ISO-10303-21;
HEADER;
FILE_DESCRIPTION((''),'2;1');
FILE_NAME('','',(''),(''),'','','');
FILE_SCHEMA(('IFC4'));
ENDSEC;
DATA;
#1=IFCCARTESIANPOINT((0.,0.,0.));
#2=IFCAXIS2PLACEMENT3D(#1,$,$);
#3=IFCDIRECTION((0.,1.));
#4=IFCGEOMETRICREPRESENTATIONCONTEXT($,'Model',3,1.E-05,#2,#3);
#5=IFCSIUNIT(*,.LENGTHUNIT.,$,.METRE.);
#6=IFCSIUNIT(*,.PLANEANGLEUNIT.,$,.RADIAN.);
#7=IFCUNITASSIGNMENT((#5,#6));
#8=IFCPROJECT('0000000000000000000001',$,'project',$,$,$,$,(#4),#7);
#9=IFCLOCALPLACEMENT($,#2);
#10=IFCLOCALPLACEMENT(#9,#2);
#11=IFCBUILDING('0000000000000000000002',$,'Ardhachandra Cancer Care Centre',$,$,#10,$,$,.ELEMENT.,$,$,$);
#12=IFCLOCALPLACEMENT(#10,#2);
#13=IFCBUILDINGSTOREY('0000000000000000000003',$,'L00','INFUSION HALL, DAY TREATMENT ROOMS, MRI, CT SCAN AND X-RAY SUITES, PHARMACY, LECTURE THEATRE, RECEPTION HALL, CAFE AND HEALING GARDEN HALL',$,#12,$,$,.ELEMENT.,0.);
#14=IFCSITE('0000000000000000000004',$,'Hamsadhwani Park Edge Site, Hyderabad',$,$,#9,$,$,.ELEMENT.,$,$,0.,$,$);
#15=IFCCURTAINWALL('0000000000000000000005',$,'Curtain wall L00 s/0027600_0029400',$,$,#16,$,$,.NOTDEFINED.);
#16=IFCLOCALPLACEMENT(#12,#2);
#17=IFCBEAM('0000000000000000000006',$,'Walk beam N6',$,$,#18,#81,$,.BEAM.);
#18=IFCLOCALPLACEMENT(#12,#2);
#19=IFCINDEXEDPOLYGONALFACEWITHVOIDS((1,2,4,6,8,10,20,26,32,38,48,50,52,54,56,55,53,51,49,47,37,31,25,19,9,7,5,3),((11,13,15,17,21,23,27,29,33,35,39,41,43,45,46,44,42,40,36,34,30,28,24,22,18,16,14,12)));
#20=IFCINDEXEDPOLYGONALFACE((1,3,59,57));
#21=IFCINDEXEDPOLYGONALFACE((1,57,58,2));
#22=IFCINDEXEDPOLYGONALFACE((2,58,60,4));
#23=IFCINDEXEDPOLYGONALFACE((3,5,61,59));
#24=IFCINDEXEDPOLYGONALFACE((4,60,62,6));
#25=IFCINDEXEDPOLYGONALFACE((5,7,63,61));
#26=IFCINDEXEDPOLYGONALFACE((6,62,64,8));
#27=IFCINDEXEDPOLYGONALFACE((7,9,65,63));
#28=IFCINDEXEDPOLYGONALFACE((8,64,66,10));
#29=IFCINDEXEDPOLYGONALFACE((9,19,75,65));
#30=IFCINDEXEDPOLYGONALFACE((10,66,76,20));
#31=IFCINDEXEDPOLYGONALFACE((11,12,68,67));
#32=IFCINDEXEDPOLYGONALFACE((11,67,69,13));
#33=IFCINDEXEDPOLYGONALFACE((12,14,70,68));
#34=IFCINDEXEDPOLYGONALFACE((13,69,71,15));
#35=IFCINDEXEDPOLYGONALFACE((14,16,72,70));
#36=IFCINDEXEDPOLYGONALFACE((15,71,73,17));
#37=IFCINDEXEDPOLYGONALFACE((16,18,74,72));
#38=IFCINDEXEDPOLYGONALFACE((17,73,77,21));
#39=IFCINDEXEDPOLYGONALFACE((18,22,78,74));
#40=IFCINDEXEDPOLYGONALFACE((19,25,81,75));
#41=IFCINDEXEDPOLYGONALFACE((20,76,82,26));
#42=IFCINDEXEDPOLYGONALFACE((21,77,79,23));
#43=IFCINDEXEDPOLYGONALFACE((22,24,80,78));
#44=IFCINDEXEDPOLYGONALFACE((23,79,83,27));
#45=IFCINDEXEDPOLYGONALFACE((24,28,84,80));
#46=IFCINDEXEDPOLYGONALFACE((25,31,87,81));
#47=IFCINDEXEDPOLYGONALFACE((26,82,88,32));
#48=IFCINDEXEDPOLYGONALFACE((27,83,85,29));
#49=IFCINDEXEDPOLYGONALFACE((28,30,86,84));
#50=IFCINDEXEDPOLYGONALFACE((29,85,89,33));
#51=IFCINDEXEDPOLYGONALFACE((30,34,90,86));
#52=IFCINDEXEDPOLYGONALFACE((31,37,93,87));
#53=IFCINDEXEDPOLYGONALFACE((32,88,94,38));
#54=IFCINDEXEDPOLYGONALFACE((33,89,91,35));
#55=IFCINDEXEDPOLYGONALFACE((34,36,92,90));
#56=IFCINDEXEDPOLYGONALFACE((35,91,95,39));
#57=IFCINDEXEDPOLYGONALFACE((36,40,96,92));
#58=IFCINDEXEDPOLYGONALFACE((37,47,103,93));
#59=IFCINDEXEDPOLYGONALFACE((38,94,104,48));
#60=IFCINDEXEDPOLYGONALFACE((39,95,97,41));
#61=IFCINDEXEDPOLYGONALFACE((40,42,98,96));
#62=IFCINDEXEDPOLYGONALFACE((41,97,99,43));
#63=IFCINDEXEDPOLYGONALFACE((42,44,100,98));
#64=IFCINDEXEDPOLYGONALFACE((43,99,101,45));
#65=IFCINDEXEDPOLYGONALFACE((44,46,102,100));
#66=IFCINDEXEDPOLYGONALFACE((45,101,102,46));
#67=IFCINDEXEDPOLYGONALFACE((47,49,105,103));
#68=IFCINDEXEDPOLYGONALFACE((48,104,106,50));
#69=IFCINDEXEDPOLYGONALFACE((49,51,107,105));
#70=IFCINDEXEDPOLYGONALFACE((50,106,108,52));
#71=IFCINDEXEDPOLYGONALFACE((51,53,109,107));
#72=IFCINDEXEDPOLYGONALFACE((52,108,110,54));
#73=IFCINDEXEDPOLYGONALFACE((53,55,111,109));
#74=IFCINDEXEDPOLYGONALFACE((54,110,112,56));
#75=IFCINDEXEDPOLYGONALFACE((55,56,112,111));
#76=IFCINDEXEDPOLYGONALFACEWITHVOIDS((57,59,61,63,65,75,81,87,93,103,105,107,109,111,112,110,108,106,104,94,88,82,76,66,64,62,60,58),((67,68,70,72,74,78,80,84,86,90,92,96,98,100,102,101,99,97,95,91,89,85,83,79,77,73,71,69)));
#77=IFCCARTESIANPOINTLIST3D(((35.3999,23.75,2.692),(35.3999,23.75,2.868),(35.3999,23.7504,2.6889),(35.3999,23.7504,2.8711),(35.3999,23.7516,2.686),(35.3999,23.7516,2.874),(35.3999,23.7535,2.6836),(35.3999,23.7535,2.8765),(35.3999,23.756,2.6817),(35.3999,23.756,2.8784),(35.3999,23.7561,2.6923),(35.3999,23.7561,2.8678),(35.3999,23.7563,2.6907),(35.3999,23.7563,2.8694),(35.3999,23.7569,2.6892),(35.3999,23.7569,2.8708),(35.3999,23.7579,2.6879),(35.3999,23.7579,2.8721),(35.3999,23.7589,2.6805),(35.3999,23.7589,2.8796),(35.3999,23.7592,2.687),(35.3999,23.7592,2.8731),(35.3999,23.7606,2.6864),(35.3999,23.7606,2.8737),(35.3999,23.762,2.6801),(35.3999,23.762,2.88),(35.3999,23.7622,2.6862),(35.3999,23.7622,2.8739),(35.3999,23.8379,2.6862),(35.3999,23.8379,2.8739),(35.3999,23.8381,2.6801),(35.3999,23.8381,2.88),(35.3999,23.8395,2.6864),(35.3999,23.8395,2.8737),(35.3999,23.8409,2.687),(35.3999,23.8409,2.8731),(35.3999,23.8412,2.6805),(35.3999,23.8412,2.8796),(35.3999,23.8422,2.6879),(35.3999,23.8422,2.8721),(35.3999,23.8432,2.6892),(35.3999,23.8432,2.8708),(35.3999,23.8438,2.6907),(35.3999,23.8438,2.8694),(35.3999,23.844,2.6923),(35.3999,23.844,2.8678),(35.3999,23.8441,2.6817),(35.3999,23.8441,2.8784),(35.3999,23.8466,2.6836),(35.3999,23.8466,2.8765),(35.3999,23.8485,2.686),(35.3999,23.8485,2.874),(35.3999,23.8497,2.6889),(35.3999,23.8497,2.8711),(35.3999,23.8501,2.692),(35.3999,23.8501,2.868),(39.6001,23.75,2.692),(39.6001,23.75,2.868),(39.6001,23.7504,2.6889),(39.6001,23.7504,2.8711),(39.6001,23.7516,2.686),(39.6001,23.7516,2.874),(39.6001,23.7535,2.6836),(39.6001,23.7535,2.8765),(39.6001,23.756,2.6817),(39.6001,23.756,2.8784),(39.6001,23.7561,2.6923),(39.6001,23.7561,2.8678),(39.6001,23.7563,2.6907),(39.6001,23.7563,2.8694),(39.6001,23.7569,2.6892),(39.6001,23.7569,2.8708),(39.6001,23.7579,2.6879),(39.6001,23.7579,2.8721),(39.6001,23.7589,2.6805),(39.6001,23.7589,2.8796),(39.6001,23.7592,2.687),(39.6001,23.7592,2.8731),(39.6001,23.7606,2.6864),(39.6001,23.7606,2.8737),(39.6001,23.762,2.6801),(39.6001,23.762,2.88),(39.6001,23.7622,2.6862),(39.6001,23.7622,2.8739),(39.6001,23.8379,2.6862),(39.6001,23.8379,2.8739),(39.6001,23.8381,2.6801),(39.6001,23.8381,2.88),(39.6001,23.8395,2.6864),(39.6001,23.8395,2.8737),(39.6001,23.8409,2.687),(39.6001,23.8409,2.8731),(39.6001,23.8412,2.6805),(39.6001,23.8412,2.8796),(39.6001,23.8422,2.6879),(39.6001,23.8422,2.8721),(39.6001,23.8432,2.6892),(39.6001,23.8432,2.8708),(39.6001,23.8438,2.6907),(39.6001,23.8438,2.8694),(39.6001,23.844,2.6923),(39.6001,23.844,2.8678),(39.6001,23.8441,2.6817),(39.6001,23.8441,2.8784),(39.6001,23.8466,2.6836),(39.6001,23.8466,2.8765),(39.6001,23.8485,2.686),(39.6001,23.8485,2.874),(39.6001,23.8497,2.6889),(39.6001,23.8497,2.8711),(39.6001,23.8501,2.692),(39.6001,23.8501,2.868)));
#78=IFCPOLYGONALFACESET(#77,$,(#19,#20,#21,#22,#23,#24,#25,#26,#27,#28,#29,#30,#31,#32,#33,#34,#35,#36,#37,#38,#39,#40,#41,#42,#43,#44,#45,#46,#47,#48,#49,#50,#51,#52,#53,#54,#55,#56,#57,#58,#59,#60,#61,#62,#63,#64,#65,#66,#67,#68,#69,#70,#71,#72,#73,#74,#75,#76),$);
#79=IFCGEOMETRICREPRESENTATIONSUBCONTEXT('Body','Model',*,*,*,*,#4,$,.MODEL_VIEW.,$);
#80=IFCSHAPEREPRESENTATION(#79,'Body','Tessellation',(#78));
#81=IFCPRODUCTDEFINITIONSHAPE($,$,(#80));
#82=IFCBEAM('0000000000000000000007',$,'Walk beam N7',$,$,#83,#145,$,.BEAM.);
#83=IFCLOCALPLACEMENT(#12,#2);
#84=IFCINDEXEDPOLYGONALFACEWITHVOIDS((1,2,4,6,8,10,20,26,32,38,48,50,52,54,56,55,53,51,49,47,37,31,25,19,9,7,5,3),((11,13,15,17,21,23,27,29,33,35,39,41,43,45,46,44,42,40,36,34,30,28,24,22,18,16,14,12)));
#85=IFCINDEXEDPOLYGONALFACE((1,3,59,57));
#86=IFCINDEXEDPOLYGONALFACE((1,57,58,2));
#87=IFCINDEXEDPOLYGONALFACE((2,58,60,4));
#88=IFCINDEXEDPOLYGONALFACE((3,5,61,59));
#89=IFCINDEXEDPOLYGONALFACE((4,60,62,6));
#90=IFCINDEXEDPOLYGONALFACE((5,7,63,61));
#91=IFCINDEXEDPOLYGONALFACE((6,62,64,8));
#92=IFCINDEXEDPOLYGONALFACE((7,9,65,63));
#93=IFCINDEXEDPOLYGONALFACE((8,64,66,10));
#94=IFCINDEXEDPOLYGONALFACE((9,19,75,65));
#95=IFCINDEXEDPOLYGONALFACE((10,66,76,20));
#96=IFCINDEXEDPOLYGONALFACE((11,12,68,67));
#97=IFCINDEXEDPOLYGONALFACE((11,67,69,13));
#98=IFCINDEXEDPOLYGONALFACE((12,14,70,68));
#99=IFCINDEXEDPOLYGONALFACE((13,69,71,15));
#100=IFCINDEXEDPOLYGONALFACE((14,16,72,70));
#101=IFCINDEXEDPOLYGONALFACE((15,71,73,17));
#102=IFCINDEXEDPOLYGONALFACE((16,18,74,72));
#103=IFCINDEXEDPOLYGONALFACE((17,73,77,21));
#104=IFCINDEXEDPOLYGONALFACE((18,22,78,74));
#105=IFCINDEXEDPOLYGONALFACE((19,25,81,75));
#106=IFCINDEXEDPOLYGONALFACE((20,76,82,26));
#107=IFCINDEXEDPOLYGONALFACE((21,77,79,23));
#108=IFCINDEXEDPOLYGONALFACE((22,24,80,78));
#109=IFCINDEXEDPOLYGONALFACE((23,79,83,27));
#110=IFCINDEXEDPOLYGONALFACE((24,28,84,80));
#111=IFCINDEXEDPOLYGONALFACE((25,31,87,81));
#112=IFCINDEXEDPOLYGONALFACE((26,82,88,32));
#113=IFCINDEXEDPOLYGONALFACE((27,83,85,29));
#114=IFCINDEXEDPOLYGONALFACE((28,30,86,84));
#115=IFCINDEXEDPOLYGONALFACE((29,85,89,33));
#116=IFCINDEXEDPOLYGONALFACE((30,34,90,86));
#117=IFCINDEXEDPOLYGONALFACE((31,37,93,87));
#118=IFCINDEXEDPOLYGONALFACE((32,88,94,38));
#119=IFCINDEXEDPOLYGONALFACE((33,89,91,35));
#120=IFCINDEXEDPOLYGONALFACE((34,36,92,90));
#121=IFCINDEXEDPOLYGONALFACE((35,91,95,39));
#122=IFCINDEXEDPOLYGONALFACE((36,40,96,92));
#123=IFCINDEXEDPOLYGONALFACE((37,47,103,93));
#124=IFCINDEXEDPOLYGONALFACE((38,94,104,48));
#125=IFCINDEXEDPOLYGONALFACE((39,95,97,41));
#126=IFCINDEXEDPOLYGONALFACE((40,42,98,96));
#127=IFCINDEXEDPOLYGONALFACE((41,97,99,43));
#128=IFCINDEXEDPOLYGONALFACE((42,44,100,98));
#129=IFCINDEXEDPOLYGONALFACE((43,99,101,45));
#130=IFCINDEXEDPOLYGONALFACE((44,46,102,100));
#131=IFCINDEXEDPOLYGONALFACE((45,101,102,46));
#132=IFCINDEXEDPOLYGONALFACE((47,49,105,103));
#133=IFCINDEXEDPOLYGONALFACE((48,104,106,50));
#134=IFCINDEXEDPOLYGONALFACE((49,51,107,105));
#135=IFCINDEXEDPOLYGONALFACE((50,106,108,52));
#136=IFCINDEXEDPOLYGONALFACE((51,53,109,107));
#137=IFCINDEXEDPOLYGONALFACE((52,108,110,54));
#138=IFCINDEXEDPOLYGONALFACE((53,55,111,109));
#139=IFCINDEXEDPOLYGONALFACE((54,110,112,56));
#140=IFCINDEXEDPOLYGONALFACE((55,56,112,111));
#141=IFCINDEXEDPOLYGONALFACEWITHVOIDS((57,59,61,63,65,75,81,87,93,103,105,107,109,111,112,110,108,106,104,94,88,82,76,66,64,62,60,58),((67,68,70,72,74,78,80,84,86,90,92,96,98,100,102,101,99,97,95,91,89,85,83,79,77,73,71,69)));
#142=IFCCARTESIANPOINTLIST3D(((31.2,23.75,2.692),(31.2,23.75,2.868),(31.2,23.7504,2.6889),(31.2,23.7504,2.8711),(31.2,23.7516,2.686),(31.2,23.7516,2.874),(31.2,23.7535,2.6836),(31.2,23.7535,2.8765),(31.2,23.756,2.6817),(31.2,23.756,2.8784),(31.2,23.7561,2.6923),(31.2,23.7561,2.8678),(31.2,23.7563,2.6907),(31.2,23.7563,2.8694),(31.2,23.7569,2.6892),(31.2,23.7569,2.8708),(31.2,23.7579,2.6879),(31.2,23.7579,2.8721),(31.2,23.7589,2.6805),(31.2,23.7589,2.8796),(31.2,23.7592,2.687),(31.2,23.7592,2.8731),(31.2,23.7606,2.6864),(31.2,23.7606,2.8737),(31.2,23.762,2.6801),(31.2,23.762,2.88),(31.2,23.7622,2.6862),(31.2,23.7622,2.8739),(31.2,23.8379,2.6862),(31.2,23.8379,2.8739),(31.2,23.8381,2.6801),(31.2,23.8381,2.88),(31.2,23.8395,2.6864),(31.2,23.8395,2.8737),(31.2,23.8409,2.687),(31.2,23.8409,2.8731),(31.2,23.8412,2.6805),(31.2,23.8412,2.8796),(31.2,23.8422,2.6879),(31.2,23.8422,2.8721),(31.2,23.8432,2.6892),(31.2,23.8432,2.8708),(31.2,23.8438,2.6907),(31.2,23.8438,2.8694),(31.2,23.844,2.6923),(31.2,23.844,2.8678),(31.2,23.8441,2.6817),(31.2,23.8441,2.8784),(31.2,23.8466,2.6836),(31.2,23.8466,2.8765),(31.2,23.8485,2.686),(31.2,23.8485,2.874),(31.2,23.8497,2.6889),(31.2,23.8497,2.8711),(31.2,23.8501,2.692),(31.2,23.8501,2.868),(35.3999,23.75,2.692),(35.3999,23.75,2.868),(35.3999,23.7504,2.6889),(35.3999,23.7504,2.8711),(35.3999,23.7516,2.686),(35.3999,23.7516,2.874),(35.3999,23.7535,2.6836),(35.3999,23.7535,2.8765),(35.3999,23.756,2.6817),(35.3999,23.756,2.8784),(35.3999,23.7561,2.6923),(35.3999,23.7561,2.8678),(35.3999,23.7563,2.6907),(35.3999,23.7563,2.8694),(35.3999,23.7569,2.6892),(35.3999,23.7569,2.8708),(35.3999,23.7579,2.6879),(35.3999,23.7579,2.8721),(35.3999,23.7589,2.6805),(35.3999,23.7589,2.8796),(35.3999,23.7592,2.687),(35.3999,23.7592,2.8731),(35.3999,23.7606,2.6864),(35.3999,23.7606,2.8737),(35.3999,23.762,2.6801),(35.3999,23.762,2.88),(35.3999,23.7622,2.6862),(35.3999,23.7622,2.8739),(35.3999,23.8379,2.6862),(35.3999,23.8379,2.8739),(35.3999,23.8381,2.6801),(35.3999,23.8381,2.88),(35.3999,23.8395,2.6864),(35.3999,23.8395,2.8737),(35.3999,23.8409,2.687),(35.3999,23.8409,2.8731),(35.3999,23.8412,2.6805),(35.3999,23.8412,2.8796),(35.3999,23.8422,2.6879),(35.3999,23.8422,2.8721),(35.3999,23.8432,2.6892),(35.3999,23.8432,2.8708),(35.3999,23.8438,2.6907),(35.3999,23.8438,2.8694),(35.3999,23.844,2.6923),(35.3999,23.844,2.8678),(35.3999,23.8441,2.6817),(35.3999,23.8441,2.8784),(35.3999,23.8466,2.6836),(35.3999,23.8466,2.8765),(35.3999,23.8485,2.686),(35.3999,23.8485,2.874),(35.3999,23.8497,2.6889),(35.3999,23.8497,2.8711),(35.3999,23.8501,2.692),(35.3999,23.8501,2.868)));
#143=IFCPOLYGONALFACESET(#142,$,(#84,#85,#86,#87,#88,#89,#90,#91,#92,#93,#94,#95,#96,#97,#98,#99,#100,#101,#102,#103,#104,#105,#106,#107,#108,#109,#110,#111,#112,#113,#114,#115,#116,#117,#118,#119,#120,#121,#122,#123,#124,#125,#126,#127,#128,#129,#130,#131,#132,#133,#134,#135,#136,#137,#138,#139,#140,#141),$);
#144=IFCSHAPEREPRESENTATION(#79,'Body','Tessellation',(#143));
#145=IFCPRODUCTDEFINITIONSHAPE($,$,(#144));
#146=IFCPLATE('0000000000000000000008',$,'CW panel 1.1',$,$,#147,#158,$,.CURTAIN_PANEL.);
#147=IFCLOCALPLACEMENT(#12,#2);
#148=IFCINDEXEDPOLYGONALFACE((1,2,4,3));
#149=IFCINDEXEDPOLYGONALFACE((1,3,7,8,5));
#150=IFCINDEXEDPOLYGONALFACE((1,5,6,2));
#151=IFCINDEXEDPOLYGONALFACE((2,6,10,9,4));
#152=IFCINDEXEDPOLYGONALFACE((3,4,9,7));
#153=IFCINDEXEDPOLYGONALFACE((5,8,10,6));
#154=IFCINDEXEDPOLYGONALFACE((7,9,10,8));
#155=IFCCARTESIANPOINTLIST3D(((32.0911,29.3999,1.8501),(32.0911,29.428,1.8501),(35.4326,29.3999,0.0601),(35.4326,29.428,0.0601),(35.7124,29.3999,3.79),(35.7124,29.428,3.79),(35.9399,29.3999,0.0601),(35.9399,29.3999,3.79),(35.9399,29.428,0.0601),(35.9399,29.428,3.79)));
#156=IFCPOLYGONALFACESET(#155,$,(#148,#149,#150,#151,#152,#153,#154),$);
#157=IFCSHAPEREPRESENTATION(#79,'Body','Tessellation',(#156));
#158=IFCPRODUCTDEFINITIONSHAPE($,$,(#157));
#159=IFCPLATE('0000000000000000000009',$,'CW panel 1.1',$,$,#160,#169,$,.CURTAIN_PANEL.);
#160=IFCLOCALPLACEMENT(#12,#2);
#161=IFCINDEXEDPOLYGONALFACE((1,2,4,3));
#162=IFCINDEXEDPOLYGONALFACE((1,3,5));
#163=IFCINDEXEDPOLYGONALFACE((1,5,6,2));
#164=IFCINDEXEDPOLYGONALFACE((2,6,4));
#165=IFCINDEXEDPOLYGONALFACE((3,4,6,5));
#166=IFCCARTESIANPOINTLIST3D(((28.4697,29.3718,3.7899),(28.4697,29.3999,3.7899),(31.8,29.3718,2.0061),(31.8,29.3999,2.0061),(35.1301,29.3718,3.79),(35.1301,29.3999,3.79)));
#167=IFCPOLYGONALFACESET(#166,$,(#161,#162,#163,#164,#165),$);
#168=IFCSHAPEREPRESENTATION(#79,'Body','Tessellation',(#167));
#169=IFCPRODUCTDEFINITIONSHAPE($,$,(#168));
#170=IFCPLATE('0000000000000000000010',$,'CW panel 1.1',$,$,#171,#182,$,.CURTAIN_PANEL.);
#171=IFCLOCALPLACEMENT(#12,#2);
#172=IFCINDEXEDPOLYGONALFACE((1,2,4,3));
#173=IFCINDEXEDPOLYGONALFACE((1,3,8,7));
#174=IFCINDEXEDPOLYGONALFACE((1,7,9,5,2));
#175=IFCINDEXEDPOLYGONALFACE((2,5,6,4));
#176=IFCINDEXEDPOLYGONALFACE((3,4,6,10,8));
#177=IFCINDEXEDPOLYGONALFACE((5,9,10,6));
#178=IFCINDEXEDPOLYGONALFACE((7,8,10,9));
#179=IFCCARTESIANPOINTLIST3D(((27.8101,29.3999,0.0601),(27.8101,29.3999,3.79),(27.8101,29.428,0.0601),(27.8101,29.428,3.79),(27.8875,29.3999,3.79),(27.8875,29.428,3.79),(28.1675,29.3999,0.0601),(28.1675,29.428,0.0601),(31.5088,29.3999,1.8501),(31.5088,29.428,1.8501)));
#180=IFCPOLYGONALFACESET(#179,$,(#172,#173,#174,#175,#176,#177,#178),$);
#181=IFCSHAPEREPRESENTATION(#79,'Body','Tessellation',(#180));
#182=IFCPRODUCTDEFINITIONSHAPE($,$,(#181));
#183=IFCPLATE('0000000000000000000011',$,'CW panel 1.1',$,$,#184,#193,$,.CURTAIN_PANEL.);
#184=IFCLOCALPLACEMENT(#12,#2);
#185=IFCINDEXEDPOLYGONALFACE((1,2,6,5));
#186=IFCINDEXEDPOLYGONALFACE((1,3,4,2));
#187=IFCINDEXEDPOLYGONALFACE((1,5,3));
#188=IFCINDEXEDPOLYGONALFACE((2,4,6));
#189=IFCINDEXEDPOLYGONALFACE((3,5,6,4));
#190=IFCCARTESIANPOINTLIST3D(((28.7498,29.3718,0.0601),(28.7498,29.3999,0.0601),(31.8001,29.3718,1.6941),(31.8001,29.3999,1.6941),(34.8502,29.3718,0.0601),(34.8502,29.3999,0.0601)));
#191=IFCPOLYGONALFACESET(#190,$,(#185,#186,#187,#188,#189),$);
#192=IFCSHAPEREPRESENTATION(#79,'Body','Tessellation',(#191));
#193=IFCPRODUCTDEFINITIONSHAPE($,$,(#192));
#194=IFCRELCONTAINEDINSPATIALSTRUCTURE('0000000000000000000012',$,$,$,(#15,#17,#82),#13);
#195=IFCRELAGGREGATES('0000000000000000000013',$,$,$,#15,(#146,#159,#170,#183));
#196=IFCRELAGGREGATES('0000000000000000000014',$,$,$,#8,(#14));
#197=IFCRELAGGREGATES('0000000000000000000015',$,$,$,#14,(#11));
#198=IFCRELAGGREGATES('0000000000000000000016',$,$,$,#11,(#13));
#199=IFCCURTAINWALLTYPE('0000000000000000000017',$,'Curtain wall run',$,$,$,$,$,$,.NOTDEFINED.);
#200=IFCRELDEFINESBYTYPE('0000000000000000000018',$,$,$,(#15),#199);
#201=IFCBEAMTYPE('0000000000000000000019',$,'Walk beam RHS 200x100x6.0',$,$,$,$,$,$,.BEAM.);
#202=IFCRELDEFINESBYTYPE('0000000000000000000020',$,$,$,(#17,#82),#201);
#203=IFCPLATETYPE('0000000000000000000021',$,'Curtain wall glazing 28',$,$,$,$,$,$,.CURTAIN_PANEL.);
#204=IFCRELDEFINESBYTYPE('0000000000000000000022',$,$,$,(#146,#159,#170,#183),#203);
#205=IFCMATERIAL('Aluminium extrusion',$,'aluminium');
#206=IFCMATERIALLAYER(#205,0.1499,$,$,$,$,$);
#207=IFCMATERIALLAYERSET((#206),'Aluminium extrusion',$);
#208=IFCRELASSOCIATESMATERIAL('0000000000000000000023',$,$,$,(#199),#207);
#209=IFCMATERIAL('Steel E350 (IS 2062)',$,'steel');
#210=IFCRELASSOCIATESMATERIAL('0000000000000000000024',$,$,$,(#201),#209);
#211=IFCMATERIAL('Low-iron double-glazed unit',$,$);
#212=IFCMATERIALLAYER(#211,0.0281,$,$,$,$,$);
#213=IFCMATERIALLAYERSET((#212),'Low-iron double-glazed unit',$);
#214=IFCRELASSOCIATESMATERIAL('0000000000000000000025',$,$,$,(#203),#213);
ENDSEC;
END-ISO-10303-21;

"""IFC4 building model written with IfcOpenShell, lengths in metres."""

from ifc_helpers import new_model, si_unit, direction, frame, origin, origin_2d, place, context, subcontext, project, spatial, polyline, hollow_rectangle, outline, extrude, material, layer, layer_set, material_profile, profile_set, type_object, element, aggregate, save


model = new_model("IFC4")

# Units and contexts
model_context = context("Model", 3, precision=1e-05, world=origin(), true_north=direction((0.0, 1.0)))
body_context = subcontext(model_context, "Body", "Model", "MODEL_VIEW")
ifc_project = project(units=[si_unit("LENGTHUNIT", "METRE"), si_unit("PLANEANGLEUNIT", "RADIAN")], contexts=[model_context])

# Site, building, storey
site_placement = place(None, origin())
site = spatial("IfcSite", under=ifc_project, at=site_placement, Name="Hamsadhwani Park Edge Site, Hyderabad", CompositionType="ELEMENT", RefElevation=0.0)
building_placement = place(site_placement, origin())
building = spatial("IfcBuilding", under=site, at=building_placement, Name="Ardhachandra Cancer Care Centre", CompositionType="ELEMENT")
storey_placement = place(building_placement, origin())
storey = spatial("IfcBuildingStorey", under=building, at=storey_placement, Name="L00", Description="INFUSION HALL, DAY TREATMENT ROOMS, MRI, CT SCAN AND X-RAY SUITES, PHARMACY, LECTURE THEATRE, RECEPTION HALL, CAFE AND HEALING GARDEN HALL", CompositionType="ELEMENT", Elevation=0.0)

# Curtain wall
ifc_material_1 = material(Name="Aluminium extrusion", Category="aluminium")
ifc_layer_1 = layer(ifc_material_1, 0.1499)
ifc_layer_set_1 = layer_set([ifc_layer_1], Name="Aluminium extrusion")
curtain_wall_type = type_object("IfcCurtainWallType", Name="Curtain wall run", PredefinedType="NOTDEFINED", material=ifc_layer_set_1)
curtain_wall_placement = place(storey_placement, origin())
curtain_wall = element("IfcCurtainWall", 1, at=curtain_wall_placement, inside=storey, type_object=curtain_wall_type, Name="Curtain wall L00 s/0027600_0029400", PredefinedType="NOTDEFINED")

# Beams
ifc_material_2 = material(Name="Steel E350 (IS 2062)", Category="steel")
ifc_material_profile_1 = material_profile(ifc_material_2, hollow_rectangle(XDim=0.1001, YDim=0.2, WallThickness=0.0061, InnerFilletRadius=0.0061, OuterFilletRadius=0.012, at=origin_2d()), Name="RHS 200x100x6.0")
ifc_profile_set_1 = profile_set([ifc_material_profile_1], Name="Steel E350 (IS 2062)")
beam_type_1 = type_object("IfcBeamType", Name="Walk beam RHS 200x100x6.0", PredefinedType="BEAM", material=ifc_profile_set_1)
beam_1_placement = place(storey_placement, frame((35.3999, 23.8, 2.78), z_axis=(1.0, 0.0, 0.0), x_axis=(0.0, 1.0, 0.0)))
element("IfcBeam", 2, at=beam_1_placement, inside=storey, type_object=beam_type_1, Name="Walk beam N6", PredefinedType="BEAM", context=body_context, shape_type="SweptSolid", body=[
    extrude(hollow_rectangle(XDim=0.1001, YDim=0.2, WallThickness=0.0061, InnerFilletRadius=0.0061, OuterFilletRadius=0.012, at=origin_2d()), origin(), (0.0, 0.0, 1.0), 4.2002),
])
beam_2_placement = place(storey_placement, frame((31.2, 23.8, 2.78), z_axis=(1.0, 0.0, 0.0), x_axis=(0.0, 1.0, 0.0)))
element("IfcBeam", 3, at=beam_2_placement, inside=storey, type_object=beam_type_1, Name="Walk beam N7", PredefinedType="BEAM", context=body_context, shape_type="SweptSolid", body=[
    extrude(hollow_rectangle(XDim=0.1001, YDim=0.2, WallThickness=0.0061, InnerFilletRadius=0.0061, OuterFilletRadius=0.012, at=origin_2d()), origin(), (0.0, 0.0, 1.0), 4.2),
])

# Plates
ifc_material_3 = material(Name="Low-iron double-glazed unit")
ifc_layer_2 = layer(ifc_material_3, 0.0281)
ifc_layer_set_2 = layer_set([ifc_layer_2], Name="Low-iron double-glazed unit")
plate_type = type_object("IfcPlateType", Name="Curtain wall glazing 28", PredefinedType="CURTAIN_PANEL", material=ifc_layer_set_2)
plate_1_placement = place(storey_placement, frame((35.9399, 29.3999, 3.79), z_axis=(0.0, 1.0, 0.0), x_axis=(0.0, 0.0, -1.0)))
plate_1 = element("IfcPlate", 4, at=plate_1_placement, type_object=plate_type, Name="CW panel 1.1", PredefinedType="CURTAIN_PANEL", context=body_context, shape_type="SweptSolid", body=[
    extrude(outline(polyline([(0.0, 0.0), (3.73, 0.0), (3.73, 0.5073), (1.9399, 3.8489), (0.0, 0.2275), (0.0, 0.0)])), origin(), (0.0, 0.0, 1.0), 0.0281),
])
plate_2_placement = place(storey_placement, frame((35.1301, 29.3999, 3.79), z_axis=(0.0, 1.0, 0.0), x_axis=(-0.881484, 0.0, -0.472214)))
plate_2 = element("IfcPlate", 5, at=plate_2_placement, type_object=plate_type, Name="CW panel 1.1", PredefinedType="CURTAIN_PANEL", context=body_context, shape_type="SweptSolid", body=[
    extrude(outline(polyline([(0.0, 0.0), (3.7778, 0.0), (5.8711, 3.145), (0.0, 0.0)])), frame((0.0, 0.0, -0.0281)), (0.0, 0.0, 1.0), 0.0281),
])
plate_3_placement = place(storey_placement, frame((27.8101, 29.3999, 0.0601), z_axis=(0.0, 1.0, 0.0), x_axis=(0.0, 0.0, 1.0)))
plate_3 = element("IfcPlate", 6, at=plate_3_placement, type_object=plate_type, Name="CW panel 1.1", PredefinedType="CURTAIN_PANEL", context=body_context, shape_type="SweptSolid", body=[
    extrude(outline(polyline([(0.0, 0.0), (3.73, 0.0), (3.73, 0.0774), (1.79, 3.6987), (0.0, 0.3574), (0.0, 0.0)])), origin(), (0.0, 0.0, 1.0), 0.0281),
])
plate_4_placement = place(storey_placement, frame((28.7498, 29.3999, 0.0601), z_axis=(0.0, 1.0, 0.0), x_axis=(0.881486, 0.0, 0.47221)))
plate_4 = element("IfcPlate", 7, at=plate_4_placement, type_object=plate_type, Name="CW panel 1.1", PredefinedType="CURTAIN_PANEL", context=body_context, shape_type="SweptSolid", body=[
    extrude(outline(polyline([(0.0, 0.0), (3.4604, 0.0), (5.3774, 2.8806), (0.0, 0.0)])), frame((0.0, 0.0, -0.0281)), (0.0, 0.0, 1.0), 0.0281),
])
aggregate(curtain_wall, [plate_1, plate_2, plate_3, plate_4])

save(model, "model.ifc")
